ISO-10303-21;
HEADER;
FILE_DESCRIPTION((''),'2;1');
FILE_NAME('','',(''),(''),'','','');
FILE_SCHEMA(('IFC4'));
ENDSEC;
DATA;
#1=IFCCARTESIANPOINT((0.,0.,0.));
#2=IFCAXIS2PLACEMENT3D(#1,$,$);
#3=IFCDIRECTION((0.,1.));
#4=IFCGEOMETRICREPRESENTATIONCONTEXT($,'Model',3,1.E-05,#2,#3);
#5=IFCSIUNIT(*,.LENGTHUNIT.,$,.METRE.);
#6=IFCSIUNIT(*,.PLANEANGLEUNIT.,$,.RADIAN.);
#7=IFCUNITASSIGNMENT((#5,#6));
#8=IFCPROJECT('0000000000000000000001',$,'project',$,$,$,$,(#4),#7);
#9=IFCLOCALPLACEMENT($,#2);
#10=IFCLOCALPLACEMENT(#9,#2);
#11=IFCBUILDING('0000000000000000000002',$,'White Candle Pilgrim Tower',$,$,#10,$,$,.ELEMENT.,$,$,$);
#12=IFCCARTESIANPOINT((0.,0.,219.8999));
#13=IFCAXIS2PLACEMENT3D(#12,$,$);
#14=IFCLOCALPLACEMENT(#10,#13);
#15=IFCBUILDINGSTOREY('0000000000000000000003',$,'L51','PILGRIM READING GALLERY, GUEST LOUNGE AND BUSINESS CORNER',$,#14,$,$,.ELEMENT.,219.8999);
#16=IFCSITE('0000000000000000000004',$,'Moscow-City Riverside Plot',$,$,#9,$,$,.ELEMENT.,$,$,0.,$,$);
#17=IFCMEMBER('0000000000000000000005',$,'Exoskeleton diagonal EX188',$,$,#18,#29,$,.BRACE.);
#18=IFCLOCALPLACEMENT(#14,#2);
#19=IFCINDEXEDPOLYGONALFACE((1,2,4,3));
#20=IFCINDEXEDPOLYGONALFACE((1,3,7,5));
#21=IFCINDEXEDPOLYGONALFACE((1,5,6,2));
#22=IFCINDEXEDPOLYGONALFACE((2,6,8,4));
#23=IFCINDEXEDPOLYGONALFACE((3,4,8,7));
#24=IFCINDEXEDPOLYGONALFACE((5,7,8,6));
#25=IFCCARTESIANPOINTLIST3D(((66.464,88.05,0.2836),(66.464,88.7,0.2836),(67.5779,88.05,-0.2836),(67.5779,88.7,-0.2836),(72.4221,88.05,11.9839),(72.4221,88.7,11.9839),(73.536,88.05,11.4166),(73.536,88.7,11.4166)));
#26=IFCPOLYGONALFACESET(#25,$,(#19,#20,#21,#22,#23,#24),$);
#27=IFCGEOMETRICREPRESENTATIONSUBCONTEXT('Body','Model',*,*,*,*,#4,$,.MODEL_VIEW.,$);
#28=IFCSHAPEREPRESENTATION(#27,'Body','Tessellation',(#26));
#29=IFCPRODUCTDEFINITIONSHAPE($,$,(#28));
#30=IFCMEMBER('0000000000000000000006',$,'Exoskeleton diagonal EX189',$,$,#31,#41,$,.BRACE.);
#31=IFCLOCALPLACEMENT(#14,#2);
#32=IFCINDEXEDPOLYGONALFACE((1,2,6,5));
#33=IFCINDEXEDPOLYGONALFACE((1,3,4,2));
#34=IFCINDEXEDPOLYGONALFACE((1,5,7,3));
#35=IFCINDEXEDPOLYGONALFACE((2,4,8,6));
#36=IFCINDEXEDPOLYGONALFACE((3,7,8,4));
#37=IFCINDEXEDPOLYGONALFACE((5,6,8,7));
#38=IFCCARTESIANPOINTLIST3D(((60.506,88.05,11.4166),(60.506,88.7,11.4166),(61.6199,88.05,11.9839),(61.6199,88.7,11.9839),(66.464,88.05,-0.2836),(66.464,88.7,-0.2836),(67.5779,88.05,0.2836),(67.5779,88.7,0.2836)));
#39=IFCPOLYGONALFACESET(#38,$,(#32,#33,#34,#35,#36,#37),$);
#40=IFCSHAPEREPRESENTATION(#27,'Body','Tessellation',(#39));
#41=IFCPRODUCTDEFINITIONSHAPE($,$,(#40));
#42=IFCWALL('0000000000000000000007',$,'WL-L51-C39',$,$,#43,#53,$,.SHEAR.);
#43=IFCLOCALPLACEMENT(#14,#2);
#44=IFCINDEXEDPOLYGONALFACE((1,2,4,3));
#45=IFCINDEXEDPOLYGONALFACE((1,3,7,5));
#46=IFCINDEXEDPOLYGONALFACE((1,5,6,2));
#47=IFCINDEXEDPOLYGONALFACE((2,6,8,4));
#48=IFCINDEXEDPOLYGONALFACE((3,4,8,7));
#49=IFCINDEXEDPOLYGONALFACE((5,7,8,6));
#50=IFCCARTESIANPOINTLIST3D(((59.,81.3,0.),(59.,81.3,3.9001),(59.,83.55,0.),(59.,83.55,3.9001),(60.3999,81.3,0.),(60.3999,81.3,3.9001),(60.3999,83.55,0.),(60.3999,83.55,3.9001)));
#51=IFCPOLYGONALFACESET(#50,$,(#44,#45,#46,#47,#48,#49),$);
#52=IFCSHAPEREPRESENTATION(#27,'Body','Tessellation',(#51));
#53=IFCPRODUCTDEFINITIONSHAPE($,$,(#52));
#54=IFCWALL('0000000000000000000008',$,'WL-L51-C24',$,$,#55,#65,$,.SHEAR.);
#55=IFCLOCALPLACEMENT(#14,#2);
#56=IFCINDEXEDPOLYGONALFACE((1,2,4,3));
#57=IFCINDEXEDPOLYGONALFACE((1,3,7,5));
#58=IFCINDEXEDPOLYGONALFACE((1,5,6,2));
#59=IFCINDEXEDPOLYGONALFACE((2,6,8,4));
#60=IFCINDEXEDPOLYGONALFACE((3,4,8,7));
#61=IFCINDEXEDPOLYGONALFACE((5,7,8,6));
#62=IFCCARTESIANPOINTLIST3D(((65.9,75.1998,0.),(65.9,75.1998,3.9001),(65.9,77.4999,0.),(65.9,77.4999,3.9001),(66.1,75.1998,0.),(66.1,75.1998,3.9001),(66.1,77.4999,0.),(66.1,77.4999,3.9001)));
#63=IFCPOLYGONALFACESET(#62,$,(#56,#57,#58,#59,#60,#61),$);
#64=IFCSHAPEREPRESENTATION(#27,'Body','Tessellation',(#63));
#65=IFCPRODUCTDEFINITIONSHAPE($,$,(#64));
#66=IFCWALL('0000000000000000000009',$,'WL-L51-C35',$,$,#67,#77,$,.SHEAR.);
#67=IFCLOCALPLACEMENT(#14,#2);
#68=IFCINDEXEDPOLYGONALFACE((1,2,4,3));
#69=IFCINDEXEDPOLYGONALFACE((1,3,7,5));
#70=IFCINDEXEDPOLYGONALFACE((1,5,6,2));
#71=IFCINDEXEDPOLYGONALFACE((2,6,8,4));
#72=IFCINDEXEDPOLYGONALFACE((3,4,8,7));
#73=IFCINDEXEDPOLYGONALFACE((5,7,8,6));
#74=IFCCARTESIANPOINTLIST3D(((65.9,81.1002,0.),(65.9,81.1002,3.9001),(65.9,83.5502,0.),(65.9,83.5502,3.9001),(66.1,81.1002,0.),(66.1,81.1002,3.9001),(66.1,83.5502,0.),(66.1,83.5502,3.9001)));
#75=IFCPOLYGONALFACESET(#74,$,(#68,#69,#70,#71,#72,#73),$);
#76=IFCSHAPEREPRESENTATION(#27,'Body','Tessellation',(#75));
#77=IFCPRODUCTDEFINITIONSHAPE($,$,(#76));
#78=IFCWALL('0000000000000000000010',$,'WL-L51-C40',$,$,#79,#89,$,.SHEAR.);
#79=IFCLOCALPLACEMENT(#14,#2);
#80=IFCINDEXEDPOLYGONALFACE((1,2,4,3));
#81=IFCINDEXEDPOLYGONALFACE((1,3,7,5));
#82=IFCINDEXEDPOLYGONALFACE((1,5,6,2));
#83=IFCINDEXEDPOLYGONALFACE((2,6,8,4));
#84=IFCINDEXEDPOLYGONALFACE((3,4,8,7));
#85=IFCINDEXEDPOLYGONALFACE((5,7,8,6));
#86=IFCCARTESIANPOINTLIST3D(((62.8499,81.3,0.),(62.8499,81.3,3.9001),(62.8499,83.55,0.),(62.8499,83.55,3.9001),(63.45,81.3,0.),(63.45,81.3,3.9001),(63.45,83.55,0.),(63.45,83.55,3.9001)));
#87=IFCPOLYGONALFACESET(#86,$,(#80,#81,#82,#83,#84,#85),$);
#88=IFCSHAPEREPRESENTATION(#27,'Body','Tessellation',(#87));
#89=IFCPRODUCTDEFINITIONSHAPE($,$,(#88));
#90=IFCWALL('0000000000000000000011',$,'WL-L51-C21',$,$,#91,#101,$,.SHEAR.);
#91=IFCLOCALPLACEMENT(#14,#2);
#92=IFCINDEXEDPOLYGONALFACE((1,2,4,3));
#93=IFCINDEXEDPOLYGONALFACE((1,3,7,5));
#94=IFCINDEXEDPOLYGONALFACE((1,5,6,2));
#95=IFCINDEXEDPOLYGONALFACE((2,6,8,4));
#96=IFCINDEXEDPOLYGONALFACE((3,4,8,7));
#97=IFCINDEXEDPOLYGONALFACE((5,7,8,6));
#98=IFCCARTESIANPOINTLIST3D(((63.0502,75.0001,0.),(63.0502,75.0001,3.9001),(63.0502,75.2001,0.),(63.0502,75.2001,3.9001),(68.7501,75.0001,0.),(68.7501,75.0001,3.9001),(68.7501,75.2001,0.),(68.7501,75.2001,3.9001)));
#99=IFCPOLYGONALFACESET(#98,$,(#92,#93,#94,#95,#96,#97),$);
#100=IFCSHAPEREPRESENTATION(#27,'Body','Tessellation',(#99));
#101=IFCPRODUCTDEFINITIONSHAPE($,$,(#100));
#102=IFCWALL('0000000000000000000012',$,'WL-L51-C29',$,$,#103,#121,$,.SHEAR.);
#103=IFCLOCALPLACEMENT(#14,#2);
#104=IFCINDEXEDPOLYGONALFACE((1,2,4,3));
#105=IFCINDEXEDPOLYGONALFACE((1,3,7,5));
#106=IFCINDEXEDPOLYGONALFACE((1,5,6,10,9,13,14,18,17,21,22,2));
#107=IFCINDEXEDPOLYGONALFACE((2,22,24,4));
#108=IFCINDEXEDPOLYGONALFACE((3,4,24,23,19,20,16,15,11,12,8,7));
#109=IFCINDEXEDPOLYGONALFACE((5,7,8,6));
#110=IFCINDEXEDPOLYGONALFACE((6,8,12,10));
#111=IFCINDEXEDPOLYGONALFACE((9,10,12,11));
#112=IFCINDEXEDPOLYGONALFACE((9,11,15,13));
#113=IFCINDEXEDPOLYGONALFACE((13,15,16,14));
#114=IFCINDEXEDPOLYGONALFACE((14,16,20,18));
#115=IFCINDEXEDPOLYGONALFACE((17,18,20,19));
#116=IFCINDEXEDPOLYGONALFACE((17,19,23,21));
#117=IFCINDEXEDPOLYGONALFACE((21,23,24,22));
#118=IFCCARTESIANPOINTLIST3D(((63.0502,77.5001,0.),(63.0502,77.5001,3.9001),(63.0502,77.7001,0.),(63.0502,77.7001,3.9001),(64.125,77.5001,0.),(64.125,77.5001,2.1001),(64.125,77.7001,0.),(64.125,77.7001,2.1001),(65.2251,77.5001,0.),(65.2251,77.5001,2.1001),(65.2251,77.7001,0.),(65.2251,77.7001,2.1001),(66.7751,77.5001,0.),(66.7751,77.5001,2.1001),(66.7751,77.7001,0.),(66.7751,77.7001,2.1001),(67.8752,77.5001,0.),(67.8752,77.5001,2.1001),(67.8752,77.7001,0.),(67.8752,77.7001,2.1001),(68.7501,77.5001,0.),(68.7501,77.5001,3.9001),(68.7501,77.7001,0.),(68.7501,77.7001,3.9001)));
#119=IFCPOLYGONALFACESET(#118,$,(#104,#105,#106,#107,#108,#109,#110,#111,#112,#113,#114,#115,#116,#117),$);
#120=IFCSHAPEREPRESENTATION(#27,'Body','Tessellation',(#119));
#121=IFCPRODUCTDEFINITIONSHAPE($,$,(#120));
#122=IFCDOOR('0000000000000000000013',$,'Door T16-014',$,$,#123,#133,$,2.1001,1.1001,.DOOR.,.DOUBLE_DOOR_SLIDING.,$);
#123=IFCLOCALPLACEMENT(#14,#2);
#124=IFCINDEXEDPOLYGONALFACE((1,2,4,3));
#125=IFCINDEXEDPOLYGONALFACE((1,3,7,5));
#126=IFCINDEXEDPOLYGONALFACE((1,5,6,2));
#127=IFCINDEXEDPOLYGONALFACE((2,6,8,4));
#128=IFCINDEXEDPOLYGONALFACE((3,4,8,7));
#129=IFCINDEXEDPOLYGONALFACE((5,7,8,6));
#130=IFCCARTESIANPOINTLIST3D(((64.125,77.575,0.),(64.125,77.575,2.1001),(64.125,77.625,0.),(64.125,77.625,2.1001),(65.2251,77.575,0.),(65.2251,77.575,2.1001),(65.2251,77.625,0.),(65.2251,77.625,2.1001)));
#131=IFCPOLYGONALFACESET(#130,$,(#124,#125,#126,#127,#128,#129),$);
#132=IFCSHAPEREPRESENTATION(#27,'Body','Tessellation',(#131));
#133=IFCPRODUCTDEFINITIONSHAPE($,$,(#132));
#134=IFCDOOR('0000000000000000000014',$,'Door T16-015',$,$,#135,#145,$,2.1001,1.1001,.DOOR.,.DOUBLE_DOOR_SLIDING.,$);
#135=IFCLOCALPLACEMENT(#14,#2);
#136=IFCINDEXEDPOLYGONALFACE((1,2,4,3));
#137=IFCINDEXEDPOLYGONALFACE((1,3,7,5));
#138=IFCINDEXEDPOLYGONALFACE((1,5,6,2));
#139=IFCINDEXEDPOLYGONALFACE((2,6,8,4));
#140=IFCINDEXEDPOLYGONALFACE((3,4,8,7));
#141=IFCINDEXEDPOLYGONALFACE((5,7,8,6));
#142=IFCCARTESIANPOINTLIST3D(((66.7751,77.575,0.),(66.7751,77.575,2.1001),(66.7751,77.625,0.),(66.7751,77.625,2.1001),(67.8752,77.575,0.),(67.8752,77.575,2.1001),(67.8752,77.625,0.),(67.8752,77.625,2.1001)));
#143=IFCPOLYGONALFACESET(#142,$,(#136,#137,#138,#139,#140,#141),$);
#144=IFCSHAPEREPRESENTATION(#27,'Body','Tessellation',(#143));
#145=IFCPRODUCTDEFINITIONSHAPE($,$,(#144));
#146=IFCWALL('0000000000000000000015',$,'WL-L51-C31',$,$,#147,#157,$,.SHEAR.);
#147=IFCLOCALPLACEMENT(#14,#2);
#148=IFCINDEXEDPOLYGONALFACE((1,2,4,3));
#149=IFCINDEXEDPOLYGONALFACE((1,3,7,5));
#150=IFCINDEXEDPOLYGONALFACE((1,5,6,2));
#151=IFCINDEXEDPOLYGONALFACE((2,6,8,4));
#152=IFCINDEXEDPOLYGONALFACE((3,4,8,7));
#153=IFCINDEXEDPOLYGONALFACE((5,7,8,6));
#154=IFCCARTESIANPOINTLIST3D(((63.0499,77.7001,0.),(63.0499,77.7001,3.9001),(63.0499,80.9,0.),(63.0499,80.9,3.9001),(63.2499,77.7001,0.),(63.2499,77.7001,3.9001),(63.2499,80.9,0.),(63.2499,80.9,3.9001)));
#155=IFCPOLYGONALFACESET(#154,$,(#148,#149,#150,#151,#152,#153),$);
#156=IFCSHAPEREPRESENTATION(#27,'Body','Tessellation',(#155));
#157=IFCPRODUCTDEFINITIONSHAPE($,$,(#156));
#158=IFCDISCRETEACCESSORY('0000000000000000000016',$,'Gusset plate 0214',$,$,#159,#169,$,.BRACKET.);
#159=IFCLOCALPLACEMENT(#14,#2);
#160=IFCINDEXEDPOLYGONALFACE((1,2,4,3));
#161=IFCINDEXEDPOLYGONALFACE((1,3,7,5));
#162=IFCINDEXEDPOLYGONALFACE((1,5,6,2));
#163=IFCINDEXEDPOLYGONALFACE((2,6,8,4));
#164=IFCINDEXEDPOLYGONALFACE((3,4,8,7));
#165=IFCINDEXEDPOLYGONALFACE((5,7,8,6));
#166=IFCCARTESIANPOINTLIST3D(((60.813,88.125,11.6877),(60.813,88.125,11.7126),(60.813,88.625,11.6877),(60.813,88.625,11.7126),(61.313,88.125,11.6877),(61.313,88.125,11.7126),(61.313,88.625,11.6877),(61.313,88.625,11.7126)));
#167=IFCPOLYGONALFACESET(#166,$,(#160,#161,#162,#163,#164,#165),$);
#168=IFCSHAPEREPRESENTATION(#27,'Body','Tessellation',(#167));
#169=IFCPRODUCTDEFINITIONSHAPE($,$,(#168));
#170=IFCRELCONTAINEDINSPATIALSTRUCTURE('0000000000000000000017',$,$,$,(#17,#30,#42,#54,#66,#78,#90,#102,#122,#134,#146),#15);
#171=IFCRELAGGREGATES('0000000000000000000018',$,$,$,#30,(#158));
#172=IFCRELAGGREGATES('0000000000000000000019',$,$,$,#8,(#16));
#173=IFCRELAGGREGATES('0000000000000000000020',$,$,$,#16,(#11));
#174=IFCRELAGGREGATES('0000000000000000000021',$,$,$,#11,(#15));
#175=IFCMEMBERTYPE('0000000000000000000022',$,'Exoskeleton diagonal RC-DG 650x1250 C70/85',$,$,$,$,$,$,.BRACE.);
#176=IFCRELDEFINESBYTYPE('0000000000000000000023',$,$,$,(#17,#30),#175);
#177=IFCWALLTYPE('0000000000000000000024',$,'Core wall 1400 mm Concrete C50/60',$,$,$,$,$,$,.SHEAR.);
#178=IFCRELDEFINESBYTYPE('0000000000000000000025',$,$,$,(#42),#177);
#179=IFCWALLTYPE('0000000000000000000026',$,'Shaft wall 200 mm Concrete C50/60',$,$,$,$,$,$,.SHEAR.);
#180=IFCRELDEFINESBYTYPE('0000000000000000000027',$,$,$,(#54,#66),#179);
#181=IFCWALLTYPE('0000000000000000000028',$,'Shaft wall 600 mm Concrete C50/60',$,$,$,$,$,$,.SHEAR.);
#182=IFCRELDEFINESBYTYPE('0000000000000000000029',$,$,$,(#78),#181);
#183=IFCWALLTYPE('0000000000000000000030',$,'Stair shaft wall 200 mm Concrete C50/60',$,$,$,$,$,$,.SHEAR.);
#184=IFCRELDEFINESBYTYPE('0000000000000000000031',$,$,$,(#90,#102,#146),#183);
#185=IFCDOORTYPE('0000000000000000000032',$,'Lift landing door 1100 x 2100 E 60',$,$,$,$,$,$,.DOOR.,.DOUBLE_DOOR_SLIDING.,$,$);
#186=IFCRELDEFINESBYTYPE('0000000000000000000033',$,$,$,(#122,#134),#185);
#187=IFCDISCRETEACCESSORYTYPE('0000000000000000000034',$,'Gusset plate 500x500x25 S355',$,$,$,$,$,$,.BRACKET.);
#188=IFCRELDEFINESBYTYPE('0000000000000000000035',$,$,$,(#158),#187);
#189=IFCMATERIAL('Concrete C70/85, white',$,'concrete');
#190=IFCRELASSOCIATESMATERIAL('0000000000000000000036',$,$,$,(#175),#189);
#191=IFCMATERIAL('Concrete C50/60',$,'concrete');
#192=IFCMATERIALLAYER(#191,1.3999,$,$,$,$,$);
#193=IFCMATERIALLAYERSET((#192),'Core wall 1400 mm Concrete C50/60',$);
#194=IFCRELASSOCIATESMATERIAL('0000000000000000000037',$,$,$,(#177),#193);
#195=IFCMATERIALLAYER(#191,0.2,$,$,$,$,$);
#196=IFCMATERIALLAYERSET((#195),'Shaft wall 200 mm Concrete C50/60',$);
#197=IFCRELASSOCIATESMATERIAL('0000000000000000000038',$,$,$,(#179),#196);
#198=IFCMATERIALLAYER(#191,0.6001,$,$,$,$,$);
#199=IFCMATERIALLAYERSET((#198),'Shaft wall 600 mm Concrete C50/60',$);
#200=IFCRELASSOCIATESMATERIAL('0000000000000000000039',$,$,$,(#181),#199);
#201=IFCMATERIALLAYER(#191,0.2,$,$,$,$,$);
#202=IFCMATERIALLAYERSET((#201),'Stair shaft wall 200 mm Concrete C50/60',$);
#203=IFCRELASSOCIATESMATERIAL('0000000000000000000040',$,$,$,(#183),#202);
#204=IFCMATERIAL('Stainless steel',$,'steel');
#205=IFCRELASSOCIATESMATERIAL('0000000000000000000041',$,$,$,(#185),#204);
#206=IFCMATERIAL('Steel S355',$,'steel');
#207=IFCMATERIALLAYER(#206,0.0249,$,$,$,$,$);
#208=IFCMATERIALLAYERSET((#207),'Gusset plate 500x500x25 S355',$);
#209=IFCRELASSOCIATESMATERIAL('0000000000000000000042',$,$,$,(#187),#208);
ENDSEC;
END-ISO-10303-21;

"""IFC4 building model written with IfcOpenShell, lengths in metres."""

from ifc_helpers import new_model, si_unit, direction, frame, frame_2d, origin, origin_2d, place, context, subcontext, project, spatial, rectangle, extrude, material, layer, layer_set, material_profile, profile_set, type_object, element, fill, aggregate, save


model = new_model("IFC4")

# Units and contexts
model_context = context("Model", 3, precision=1e-05, world=origin(), true_north=direction((0.0, 1.0)))
body_context = subcontext(model_context, "Body", "Model", "MODEL_VIEW")
ifc_project = project(units=[si_unit("LENGTHUNIT", "METRE"), si_unit("PLANEANGLEUNIT", "RADIAN")], contexts=[model_context])

# Site, building, storey
site_placement = place(None, origin())
site = spatial("IfcSite", under=ifc_project, at=site_placement, Name="Moscow-City Riverside Plot", CompositionType="ELEMENT", RefElevation=0.0)
building_placement = place(site_placement, origin())
building = spatial("IfcBuilding", under=site, at=building_placement, Name="White Candle Pilgrim Tower", CompositionType="ELEMENT")
storey_placement = place(building_placement, frame((0.0, 0.0, 219.8999)))
storey = spatial("IfcBuildingStorey", under=building, at=storey_placement, Name="L51", Description="PILGRIM READING GALLERY, GUEST LOUNGE AND BUSINESS CORNER", CompositionType="ELEMENT", Elevation=219.8999)

# Members
ifc_material_1 = material(Name="Concrete C70/85, white", Category="concrete")
ifc_material_profile = material_profile(ifc_material_1, rectangle(XDim=0.6499, YDim=1.25, at=origin_2d()), Name="RC-DG 650x1250")
ifc_profile_set = profile_set([ifc_material_profile], Name="Concrete C70/85, white")
member_type = type_object("IfcMemberType", Name="Exoskeleton diagonal RC-DG 650x1250 C70/85", PredefinedType="BRACE", material=ifc_profile_set)
member_1_placement = place(storey_placement, frame((67.021, 88.375, 0.0), z_axis=(0.453776, 0.0, 0.891116), x_axis=(0.0, 1.0, 0.0)))
element("IfcMember", 1, at=member_1_placement, inside=storey, type_object=member_type, Name="Exoskeleton diagonal EX188", PredefinedType="BRACE", context=body_context, shape_type="SweptSolid", body=[
    extrude(rectangle(XDim=0.6499, YDim=1.25, at=origin_2d()), origin(), (0.0, 0.0, 1.0), 13.1299),
])
member_2_placement = place(storey_placement, frame((67.021, 88.375, 0.0), z_axis=(-0.453776, 0.0, 0.891116), x_axis=(0.0, -1.0, 0.0)))
member_2 = element("IfcMember", 2, at=member_2_placement, inside=storey, type_object=member_type, Name="Exoskeleton diagonal EX189", PredefinedType="BRACE", context=body_context, shape_type="SweptSolid", body=[
    extrude(rectangle(XDim=0.6499, YDim=1.25, at=origin_2d()), origin(), (0.0, 0.0, 1.0), 13.1299),
])

# Walls
ifc_material_2 = material(Name="Concrete C50/60", Category="concrete")
ifc_layer_1 = layer(ifc_material_2, 1.3999)
ifc_layer_set_1 = layer_set([ifc_layer_1], Name="Core wall 1400 mm Concrete C50/60")
wall_type_1 = type_object("IfcWallType", Name="Core wall 1400 mm Concrete C50/60", PredefinedType="SHEAR", material=ifc_layer_set_1)
wall_1_placement = place(storey_placement, frame((59.7, 81.3, 0.0), z_axis=(0.0, 0.0, 1.0), x_axis=(0.0, 1.0, 0.0)))
element("IfcWall", 3, at=wall_1_placement, inside=storey, type_object=wall_type_1, Name="WL-L51-C39", PredefinedType="SHEAR", context=body_context, shape_type="SweptSolid", body=[
    extrude(rectangle(XDim=2.25, YDim=1.3999, at=frame_2d((1.125, 0.0))), origin(), (0.0, 0.0, 1.0), 3.9001),
])
ifc_layer_2 = layer(ifc_material_2, 0.2)
ifc_layer_set_2 = layer_set([ifc_layer_2], Name="Shaft wall 200 mm Concrete C50/60")
wall_type_2 = type_object("IfcWallType", Name="Shaft wall 200 mm Concrete C50/60", PredefinedType="SHEAR", material=ifc_layer_set_2)
wall_2_placement = place(storey_placement, frame((66.0, 75.2, 0.0), z_axis=(0.0, 0.0, 1.0), x_axis=(0.0, 1.0, 0.0)))
element("IfcWall", 4, at=wall_2_placement, inside=storey, type_object=wall_type_2, Name="WL-L51-C24", PredefinedType="SHEAR", context=body_context, shape_type="SweptSolid", body=[
    extrude(rectangle(XDim=2.3, YDim=0.2, at=frame_2d((1.1499, 0.0))), origin(), (0.0, 0.0, 1.0), 3.9001),
])
wall_3_placement = place(storey_placement, frame((66.0, 81.1001, 0.0), z_axis=(0.0, 0.0, 1.0), x_axis=(0.0, 1.0, 0.0)))
element("IfcWall", 5, at=wall_3_placement, inside=storey, type_object=wall_type_2, Name="WL-L51-C35", PredefinedType="SHEAR", context=body_context, shape_type="SweptSolid", body=[
    extrude(rectangle(XDim=2.45, YDim=0.2, at=frame_2d((1.2251, 0.0))), origin(), (0.0, 0.0, 1.0), 3.9001),
])
ifc_layer_3 = layer(ifc_material_2, 0.6001)
ifc_layer_set_3 = layer_set([ifc_layer_3], Name="Shaft wall 600 mm Concrete C50/60")
wall_type_3 = type_object("IfcWallType", Name="Shaft wall 600 mm Concrete C50/60", PredefinedType="SHEAR", material=ifc_layer_set_3)
wall_4_placement = place(storey_placement, frame((63.1499, 81.3, 0.0), z_axis=(0.0, 0.0, 1.0), x_axis=(0.0, 1.0, 0.0)))
element("IfcWall", 6, at=wall_4_placement, inside=storey, type_object=wall_type_3, Name="WL-L51-C40", PredefinedType="SHEAR", context=body_context, shape_type="SweptSolid", body=[
    extrude(rectangle(XDim=2.25, YDim=0.6001, at=frame_2d((1.125, 0.0))), origin(), (0.0, 0.0, 1.0), 3.9001),
])
ifc_layer_4 = layer(ifc_material_2, 0.2)
ifc_layer_set_4 = layer_set([ifc_layer_4], Name="Stair shaft wall 200 mm Concrete C50/60")
wall_type_4 = type_object("IfcWallType", Name="Stair shaft wall 200 mm Concrete C50/60", PredefinedType="SHEAR", material=ifc_layer_set_4)
wall_5_placement = place(storey_placement, frame((63.05, 75.1001, 0.0), z_axis=(0.0, 0.0, 1.0), x_axis=(1.0, 0.0, 0.0)))
element("IfcWall", 7, at=wall_5_placement, inside=storey, type_object=wall_type_4, Name="WL-L51-C21", PredefinedType="SHEAR", context=body_context, shape_type="SweptSolid", body=[
    extrude(rectangle(XDim=5.7, YDim=0.2, at=frame_2d((2.8501, 0.0))), origin(), (0.0, 0.0, 1.0), 3.9001),
])

# Wall, openings, doors
wall_6_placement = place(storey_placement, frame((63.05, 77.6001, 0.0), z_axis=(0.0, 0.0, 1.0), x_axis=(1.0, 0.0, 0.0)))
wall_6 = element("IfcWall", 8, at=wall_6_placement, inside=storey, type_object=wall_type_4, Name="WL-L51-C29", PredefinedType="SHEAR", context=body_context, shape_type="SweptSolid", body=[
    extrude(rectangle(XDim=5.7, YDim=0.2, at=frame_2d((2.8501, 0.0))), origin(), (0.0, 0.0, 1.0), 3.9001),
])
opening_1_placement = place(wall_6_placement, frame((1.075, 0.0, 0.0)))
opening_1 = element("IfcOpeningElement", 9, at=opening_1_placement, cuts=wall_6, PredefinedType="OPENING", context=body_context, shape_type="SweptSolid", body=[
    extrude(rectangle(XDim=1.1001, YDim=2.1001, at=frame_2d((0.55, 1.05))), frame((0.0, 0.1099, 0.0), z_axis=(0.0, -1.0, 0.0), x_axis=(1.0, 0.0, 0.0)), (0.0, 0.0, 1.0), 0.22),
])
opening_2_placement = place(wall_6_placement, frame((3.7251, 0.0, 0.0)))
opening_2 = element("IfcOpeningElement", 10, at=opening_2_placement, cuts=wall_6, PredefinedType="OPENING", context=body_context, shape_type="SweptSolid", body=[
    extrude(rectangle(XDim=1.1001, YDim=2.1001, at=frame_2d((0.55, 1.05))), frame((0.0, 0.1099, 0.0), z_axis=(0.0, -1.0, 0.0), x_axis=(1.0, 0.0, 0.0)), (0.0, 0.0, 1.0), 0.22),
])
ifc_material_3 = material(Name="Stainless steel", Category="steel")
door_type = type_object("IfcDoorType", Name="Lift landing door 1100 x 2100 E 60", OperationType="DOUBLE_DOOR_SLIDING", PredefinedType="DOOR", material=ifc_material_3)
door_1_placement = place(opening_1_placement, origin())
door_1 = element("IfcDoor", 11, at=door_1_placement, inside=storey, type_object=door_type, Name="Door T16-014", OperationType="DOUBLE_DOOR_SLIDING", OverallHeight=2.1001, OverallWidth=1.1001, PredefinedType="DOOR", context=body_context, shape_type="SweptSolid", body=[
    extrude(rectangle(XDim=1.1001, YDim=2.1001, at=frame_2d((0.55, 1.05))), frame((0.0, 0.0249, 0.0), z_axis=(0.0, -1.0, 0.0), x_axis=(1.0, 0.0, 0.0)), (0.0, 0.0, 1.0), 0.05),
])
fill(opening_1, door_1)
door_2_placement = place(opening_2_placement, origin())
door_2 = element("IfcDoor", 12, at=door_2_placement, inside=storey, type_object=door_type, Name="Door T16-015", OperationType="DOUBLE_DOOR_SLIDING", OverallHeight=2.1001, OverallWidth=1.1001, PredefinedType="DOOR", context=body_context, shape_type="SweptSolid", body=[
    extrude(rectangle(XDim=1.1001, YDim=2.1001, at=frame_2d((0.55, 1.05))), frame((0.0, 0.0249, 0.0), z_axis=(0.0, -1.0, 0.0), x_axis=(1.0, 0.0, 0.0)), (0.0, 0.0, 1.0), 0.05),
])
fill(opening_2, door_2)

# Wall
wall_7_placement = place(storey_placement, frame((63.1499, 77.7, 0.0), z_axis=(0.0, 0.0, 1.0), x_axis=(0.0, 1.0, 0.0)))
element("IfcWall", 13, at=wall_7_placement, inside=storey, type_object=wall_type_4, Name="WL-L51-C31", PredefinedType="SHEAR", context=body_context, shape_type="SweptSolid", body=[
    extrude(rectangle(XDim=3.2, YDim=0.2, at=frame_2d((1.6001, 0.0))), origin(), (0.0, 0.0, 1.0), 3.9001),
])

# Discrete accessory
ifc_material_4 = material(Name="Steel S355", Category="steel")
ifc_layer_5 = layer(ifc_material_4, 0.0249)
ifc_layer_set_5 = layer_set([ifc_layer_5], Name="Gusset plate 500x500x25 S355")
discrete_accessory_type = type_object("IfcDiscreteAccessoryType", Name="Gusset plate 500x500x25 S355", PredefinedType="BRACKET", material=ifc_layer_set_5)
placement = place(building_placement, frame((0.0, 0.0, 231.6001)))
discrete_accessory_placement = place(placement, frame((61.063, 88.375, -0.0125), z_axis=(0.0, 0.0, 1.0), x_axis=(1.0, 0.0, 0.0)))
discrete_accessory = element("IfcDiscreteAccessory", 14, at=discrete_accessory_placement, type_object=discrete_accessory_type, Name="Gusset plate 0214", PredefinedType="BRACKET", context=body_context, shape_type="SweptSolid", body=[
    extrude(rectangle(XDim=0.5, YDim=0.5, at=origin_2d()), origin(), (0.0, 0.0, 1.0), 0.0249),
])
aggregate(member_2, [discrete_accessory])

save(model, "model.ifc")
